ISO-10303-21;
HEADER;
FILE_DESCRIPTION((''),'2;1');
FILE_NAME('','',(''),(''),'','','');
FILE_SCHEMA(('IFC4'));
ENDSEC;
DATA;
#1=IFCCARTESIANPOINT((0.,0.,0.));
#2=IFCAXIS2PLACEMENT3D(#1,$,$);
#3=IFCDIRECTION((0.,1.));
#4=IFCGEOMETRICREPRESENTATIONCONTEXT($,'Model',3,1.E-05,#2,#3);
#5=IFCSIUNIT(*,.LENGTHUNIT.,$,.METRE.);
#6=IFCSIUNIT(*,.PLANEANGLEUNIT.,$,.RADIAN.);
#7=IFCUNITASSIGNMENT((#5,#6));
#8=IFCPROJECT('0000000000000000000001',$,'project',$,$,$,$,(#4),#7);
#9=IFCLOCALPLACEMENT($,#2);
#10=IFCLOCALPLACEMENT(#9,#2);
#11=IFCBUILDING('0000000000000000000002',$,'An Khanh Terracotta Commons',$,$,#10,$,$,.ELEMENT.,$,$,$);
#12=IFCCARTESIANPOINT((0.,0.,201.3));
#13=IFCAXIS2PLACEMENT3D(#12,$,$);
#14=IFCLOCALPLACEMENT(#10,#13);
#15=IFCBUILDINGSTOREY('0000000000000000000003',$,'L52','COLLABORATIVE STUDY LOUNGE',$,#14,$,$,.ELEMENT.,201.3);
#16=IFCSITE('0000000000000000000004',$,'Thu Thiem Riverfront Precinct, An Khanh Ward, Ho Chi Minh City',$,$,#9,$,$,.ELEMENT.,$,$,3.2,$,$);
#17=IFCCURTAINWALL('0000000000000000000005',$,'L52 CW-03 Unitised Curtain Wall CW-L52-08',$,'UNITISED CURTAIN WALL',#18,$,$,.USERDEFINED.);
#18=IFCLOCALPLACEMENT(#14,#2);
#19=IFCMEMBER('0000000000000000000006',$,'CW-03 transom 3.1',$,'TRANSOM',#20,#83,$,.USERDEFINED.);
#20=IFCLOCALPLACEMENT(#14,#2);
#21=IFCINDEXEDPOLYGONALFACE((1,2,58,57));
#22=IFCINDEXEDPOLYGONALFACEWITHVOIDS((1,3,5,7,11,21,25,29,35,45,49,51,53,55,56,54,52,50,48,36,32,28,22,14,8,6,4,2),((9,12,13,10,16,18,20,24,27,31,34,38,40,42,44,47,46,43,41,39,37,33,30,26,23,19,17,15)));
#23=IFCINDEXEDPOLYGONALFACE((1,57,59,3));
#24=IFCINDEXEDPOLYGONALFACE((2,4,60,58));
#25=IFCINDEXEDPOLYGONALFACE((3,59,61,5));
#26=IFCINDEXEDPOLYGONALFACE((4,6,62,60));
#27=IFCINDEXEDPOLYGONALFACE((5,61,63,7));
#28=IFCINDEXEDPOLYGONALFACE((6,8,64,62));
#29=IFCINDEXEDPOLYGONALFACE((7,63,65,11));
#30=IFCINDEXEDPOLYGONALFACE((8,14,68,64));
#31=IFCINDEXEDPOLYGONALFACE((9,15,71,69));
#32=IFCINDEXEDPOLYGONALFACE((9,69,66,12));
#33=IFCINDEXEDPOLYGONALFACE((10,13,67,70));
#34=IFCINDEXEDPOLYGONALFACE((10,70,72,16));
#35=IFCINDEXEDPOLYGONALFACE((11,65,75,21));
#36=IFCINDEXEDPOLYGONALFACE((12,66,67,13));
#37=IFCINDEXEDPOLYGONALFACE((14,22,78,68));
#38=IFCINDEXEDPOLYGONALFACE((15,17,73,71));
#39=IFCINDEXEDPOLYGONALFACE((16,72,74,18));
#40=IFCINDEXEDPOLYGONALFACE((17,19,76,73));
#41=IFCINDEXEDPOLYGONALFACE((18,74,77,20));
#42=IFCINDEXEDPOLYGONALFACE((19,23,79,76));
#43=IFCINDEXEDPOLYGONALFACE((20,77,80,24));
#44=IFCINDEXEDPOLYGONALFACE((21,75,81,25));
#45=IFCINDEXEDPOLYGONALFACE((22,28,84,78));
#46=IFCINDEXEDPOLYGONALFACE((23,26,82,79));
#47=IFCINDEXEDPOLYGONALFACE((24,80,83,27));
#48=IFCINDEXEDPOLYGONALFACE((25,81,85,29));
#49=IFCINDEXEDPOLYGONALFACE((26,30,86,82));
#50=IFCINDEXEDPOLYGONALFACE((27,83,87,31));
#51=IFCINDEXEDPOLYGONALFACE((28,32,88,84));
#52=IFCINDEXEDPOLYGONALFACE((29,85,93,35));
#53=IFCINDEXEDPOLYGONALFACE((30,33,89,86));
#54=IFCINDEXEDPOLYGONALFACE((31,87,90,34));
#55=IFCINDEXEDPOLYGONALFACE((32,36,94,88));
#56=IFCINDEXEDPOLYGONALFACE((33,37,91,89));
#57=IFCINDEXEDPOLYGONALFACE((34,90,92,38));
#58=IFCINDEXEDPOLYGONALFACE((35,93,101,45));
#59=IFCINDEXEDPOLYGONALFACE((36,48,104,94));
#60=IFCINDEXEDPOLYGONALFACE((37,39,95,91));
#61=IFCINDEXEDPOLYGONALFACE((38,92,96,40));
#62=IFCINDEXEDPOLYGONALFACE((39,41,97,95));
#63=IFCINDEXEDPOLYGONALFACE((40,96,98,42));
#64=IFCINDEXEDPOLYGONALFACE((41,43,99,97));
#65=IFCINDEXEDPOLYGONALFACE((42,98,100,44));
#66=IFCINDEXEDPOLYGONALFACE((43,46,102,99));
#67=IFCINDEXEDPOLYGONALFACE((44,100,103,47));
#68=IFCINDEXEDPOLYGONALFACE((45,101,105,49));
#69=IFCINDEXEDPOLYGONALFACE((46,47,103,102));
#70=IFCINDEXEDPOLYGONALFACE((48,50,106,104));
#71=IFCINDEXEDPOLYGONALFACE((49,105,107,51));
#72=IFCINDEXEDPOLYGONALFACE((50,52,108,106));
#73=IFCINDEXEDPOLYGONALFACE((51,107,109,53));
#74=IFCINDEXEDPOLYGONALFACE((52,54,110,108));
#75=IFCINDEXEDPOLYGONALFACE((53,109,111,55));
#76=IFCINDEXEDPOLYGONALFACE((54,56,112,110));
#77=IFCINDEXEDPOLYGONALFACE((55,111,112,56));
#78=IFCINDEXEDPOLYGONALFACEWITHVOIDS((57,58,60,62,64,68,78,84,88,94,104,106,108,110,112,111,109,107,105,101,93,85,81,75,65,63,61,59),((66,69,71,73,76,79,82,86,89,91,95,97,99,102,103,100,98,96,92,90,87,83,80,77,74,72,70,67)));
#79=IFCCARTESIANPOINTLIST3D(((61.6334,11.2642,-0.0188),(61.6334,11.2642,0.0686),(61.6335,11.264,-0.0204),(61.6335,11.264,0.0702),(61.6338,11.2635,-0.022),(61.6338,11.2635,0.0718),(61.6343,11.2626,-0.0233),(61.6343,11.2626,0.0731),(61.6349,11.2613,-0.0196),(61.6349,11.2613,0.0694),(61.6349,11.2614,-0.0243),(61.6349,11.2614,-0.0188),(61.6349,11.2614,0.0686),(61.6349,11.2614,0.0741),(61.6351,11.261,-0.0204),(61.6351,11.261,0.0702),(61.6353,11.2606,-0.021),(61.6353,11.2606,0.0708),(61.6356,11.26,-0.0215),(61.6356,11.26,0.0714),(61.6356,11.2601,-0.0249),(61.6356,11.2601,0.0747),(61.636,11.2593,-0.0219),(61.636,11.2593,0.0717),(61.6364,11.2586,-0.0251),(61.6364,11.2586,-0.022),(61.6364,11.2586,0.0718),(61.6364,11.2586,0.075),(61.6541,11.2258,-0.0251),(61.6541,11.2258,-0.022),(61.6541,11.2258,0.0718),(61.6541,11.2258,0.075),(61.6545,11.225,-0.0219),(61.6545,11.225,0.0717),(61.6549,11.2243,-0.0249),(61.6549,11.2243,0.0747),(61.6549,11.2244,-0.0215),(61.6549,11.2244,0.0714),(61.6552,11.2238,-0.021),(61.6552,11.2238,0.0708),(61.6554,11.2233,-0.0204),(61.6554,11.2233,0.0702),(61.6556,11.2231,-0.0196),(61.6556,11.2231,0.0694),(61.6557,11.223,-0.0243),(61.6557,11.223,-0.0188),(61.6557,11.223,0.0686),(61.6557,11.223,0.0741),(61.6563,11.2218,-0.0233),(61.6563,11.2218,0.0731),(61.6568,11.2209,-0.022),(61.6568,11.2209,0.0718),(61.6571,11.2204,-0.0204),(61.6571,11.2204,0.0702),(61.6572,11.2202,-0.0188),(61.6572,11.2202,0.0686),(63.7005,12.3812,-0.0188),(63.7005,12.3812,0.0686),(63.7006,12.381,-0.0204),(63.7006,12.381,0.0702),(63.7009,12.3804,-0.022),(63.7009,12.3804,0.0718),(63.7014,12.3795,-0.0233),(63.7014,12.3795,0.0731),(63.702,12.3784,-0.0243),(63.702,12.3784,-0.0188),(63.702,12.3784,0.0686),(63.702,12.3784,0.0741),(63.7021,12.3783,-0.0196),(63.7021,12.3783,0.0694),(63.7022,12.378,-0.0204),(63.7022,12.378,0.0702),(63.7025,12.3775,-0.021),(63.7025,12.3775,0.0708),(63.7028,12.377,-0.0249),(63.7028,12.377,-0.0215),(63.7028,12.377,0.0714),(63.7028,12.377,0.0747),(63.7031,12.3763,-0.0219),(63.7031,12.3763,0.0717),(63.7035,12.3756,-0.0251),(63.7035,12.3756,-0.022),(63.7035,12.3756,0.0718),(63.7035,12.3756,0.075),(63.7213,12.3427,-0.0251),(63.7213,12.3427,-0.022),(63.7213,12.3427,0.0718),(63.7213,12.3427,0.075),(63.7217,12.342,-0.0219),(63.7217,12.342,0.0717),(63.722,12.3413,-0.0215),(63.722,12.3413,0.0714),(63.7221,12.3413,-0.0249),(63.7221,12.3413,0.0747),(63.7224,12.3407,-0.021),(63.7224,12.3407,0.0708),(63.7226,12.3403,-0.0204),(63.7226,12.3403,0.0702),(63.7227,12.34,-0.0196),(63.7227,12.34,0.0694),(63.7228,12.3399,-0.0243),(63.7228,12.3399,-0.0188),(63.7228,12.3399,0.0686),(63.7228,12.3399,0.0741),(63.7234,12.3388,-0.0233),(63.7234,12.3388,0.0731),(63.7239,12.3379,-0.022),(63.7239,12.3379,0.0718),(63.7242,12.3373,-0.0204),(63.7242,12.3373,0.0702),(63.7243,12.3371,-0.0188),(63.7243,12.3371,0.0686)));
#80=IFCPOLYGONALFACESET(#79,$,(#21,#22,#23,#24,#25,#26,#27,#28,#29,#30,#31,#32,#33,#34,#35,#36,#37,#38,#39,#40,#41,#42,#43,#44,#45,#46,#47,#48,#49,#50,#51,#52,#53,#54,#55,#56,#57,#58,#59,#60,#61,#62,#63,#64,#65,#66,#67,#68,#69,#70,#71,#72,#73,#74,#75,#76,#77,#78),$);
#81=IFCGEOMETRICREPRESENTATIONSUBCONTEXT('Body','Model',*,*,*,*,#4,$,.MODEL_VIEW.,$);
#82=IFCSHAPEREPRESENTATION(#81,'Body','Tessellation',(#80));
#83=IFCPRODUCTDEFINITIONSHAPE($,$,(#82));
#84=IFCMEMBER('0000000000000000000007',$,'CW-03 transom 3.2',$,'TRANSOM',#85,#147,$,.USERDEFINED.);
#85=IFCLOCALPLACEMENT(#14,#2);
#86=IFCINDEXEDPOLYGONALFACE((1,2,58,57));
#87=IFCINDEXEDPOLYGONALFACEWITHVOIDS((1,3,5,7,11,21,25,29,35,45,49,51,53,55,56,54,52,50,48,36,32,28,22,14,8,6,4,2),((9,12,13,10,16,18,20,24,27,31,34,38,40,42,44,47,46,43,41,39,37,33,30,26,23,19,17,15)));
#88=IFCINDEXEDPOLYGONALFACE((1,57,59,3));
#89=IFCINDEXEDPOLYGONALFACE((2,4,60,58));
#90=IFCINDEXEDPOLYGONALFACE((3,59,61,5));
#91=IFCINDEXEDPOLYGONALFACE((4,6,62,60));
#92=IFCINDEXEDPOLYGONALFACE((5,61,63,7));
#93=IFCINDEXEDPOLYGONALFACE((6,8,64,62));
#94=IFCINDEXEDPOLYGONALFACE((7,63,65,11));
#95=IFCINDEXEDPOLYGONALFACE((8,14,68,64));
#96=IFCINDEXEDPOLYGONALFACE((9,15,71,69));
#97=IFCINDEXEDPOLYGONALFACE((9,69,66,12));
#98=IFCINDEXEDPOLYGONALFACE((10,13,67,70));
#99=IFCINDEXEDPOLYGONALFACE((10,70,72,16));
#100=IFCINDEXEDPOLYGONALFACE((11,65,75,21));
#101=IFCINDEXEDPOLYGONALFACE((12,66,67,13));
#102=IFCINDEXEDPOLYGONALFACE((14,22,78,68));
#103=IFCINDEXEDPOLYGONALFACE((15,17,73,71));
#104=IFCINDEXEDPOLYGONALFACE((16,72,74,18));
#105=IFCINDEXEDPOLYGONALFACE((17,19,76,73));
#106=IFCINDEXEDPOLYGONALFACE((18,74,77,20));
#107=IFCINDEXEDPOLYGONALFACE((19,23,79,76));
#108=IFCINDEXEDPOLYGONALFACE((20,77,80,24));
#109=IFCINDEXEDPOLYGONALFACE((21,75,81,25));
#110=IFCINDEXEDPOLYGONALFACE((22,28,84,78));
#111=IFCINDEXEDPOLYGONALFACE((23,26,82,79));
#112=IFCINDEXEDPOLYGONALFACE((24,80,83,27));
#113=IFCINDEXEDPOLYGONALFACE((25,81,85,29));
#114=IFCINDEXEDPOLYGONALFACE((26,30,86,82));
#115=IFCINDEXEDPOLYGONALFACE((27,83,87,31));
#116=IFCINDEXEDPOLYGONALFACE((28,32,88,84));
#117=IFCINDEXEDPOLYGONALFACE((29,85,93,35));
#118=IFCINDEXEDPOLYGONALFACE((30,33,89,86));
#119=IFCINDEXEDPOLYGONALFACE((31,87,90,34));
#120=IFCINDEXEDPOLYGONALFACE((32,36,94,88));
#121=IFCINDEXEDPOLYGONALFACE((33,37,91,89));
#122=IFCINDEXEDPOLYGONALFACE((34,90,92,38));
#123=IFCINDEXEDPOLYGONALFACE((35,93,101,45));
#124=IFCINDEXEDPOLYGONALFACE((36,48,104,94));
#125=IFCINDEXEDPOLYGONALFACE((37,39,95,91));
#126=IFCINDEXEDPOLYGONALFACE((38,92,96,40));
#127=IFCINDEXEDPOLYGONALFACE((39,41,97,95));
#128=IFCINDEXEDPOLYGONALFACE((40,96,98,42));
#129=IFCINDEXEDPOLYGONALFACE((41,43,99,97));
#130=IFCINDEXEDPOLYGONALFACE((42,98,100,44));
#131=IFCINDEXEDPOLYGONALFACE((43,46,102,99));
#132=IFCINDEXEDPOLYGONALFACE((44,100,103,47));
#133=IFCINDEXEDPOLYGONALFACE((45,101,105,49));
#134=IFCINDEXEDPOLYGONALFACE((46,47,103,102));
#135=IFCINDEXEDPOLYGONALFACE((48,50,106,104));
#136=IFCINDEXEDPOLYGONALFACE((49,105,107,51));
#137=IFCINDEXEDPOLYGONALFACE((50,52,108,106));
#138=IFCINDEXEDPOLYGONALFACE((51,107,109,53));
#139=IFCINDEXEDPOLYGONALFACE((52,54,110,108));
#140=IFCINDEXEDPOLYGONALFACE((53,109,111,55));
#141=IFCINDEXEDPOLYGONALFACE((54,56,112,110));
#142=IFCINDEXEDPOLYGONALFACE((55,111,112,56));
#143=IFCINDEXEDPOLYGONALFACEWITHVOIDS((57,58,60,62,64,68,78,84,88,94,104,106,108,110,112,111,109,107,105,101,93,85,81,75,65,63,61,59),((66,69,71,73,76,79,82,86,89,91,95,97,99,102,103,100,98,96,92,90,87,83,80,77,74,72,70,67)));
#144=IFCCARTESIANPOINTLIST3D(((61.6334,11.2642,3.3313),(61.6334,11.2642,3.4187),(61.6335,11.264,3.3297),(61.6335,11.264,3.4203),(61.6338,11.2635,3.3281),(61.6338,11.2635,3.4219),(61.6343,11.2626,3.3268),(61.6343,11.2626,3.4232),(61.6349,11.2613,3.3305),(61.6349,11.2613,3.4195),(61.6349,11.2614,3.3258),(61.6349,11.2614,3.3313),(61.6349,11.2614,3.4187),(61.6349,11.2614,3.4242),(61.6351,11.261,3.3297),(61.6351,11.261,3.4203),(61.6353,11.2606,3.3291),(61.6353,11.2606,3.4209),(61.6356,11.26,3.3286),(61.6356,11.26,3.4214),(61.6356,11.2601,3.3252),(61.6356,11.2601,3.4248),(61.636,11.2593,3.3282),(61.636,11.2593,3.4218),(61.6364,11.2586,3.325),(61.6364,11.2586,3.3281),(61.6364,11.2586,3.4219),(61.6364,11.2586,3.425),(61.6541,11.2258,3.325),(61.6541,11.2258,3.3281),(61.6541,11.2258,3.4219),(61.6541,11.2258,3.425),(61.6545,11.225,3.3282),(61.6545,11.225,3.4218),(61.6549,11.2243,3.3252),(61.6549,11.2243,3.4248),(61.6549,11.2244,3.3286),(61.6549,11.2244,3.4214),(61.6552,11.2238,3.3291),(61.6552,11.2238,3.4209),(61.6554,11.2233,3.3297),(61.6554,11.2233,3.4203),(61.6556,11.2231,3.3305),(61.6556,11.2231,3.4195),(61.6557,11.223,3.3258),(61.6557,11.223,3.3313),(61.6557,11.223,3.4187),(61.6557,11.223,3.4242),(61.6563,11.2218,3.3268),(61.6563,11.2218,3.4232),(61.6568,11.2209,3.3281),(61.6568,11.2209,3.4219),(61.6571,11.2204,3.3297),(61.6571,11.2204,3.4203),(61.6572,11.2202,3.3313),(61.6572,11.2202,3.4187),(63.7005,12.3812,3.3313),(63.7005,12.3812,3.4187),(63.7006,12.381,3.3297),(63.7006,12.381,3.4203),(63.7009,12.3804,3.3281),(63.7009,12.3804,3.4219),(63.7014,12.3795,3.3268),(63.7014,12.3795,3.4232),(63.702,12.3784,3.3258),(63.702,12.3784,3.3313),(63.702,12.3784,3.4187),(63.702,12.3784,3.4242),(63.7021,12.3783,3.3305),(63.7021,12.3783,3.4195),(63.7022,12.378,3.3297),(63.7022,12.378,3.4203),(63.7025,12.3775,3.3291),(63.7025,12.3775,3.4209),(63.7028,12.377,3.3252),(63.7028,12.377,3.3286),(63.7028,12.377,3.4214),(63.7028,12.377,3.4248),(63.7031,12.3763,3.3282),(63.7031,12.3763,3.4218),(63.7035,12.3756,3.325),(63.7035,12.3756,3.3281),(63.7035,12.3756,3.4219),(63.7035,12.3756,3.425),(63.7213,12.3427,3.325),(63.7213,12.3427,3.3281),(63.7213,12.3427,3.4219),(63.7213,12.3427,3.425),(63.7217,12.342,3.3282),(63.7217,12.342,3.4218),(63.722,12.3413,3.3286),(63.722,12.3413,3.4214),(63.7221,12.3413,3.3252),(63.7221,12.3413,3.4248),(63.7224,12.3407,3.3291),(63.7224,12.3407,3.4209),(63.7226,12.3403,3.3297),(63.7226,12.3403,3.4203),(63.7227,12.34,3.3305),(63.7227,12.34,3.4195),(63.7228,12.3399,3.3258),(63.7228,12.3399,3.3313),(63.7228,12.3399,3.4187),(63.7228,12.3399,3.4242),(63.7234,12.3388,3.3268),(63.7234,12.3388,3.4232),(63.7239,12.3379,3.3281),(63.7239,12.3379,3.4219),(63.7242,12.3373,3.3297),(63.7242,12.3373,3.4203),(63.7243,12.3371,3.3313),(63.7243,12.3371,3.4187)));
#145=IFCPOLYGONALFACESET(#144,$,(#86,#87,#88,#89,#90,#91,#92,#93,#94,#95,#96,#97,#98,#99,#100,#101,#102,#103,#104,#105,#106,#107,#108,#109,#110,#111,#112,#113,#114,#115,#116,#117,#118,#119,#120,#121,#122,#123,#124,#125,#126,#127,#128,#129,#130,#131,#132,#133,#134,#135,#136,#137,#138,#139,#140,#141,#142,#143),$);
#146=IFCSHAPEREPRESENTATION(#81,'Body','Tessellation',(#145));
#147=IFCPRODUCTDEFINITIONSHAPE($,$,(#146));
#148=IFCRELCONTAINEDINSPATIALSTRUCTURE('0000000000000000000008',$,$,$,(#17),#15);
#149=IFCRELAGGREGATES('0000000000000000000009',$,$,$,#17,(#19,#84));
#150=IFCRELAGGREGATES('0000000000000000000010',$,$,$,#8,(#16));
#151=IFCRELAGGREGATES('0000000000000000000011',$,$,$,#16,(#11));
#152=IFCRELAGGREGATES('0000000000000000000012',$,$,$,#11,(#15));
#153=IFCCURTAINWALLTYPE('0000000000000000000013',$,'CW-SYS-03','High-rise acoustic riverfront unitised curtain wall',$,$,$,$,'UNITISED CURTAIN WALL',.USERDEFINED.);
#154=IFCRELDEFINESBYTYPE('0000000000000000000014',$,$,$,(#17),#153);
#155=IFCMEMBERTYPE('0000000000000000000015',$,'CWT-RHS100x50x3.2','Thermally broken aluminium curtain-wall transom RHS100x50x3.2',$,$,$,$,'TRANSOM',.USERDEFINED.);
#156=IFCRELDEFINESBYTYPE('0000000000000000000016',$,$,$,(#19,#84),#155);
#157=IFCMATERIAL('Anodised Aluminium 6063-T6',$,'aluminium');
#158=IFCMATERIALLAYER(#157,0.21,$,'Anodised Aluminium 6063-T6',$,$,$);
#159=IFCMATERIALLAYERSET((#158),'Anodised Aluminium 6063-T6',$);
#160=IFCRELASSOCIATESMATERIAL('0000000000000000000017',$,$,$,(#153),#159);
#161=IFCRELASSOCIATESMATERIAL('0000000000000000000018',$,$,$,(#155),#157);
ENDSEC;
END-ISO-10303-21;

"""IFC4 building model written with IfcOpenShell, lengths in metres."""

from ifc_helpers import new_model, si_unit, direction, frame, origin, origin_2d, place, context, subcontext, project, spatial, hollow_rectangle, extrude, material, layer, layer_set, material_profile, profile_set, type_object, element, aggregate, save


model = new_model("IFC4")

# Units and contexts
model_context = context("Model", 3, precision=1e-05, world=origin(), true_north=direction((0.0, 1.0)))
body_context = subcontext(model_context, "Body", "Model", "MODEL_VIEW")
ifc_project = project(units=[si_unit("LENGTHUNIT", "METRE"), si_unit("PLANEANGLEUNIT", "RADIAN")], contexts=[model_context])

# Site, building, storey
site_placement = place(None, origin())
site = spatial("IfcSite", under=ifc_project, at=site_placement, Name="Thu Thiem Riverfront Precinct, An Khanh Ward, Ho Chi Minh City", CompositionType="ELEMENT", RefElevation=3.2)
building_placement = place(site_placement, origin())
building = spatial("IfcBuilding", under=site, at=building_placement, Name="An Khanh Terracotta Commons", CompositionType="ELEMENT")
storey_placement = place(building_placement, frame((0.0, 0.0, 201.3)))
storey = spatial("IfcBuildingStorey", under=building, at=storey_placement, Name="L52", Description="COLLABORATIVE STUDY LOUNGE", CompositionType="ELEMENT", Elevation=201.3)

# Curtain wall
ifc_material_1 = material(Name="Anodised Aluminium 6063-T6", Category="aluminium")
ifc_layer_1 = layer(ifc_material_1, 0.21, Name="Anodised Aluminium 6063-T6")
ifc_layer_set_1 = layer_set([ifc_layer_1], Name="Anodised Aluminium 6063-T6")
curtain_wall_type = type_object("IfcCurtainWallType", Name="CW-SYS-03", Description="High-rise acoustic riverfront unitised curtain wall", ElementType="UNITISED CURTAIN WALL", PredefinedType="USERDEFINED", material=ifc_layer_set_1)
curtain_wall_1_placement = place(storey_placement, origin())
curtain_wall_1 = element("IfcCurtainWall", 1, at=curtain_wall_1_placement, inside=storey, type_object=curtain_wall_type, Name="L52 CW-03 Unitised Curtain Wall CW-L52-08", ObjectType="UNITISED CURTAIN WALL", PredefinedType="USERDEFINED")

# Members
ifc_material_profile_1 = material_profile(ifc_material_1, hollow_rectangle(XDim=0.05, YDim=0.1001, WallThickness=0.0032, InnerFilletRadius=0.0032, OuterFilletRadius=0.0063, at=origin_2d()), Name="RHS100x50x3.2")
ifc_profile_set_1 = profile_set([ifc_material_profile_1], Name="Anodised Aluminium 6063-T6")
member_type_1 = type_object("IfcMemberType", Name="CWT-RHS100x50x3.2", Description="Thermally broken aluminium curtain-wall transom RHS100x50x3.2", ElementType="TRANSOM", PredefinedType="USERDEFINED", material=ifc_profile_set_1)
member_1_placement = place(storey_placement, frame((61.6453, 11.2422, 0.0249), z_axis=(0.879783, 0.475376, 0.0), x_axis=(-0.475376, 0.879783, 0.0)))
member_1 = element("IfcMember", 2, at=member_1_placement, type_object=member_type_1, Name="CW-03 transom 3.1", ObjectType="TRANSOM", PredefinedType="USERDEFINED", context=body_context, shape_type="SweptSolid", body=[
    extrude(hollow_rectangle(XDim=0.05, YDim=0.1001, WallThickness=0.0032, InnerFilletRadius=0.0032, OuterFilletRadius=0.0063, at=origin_2d()), origin(), (0.0, 0.0, 1.0), 2.3496),
])
member_2_placement = place(storey_placement, frame((61.6453, 11.2422, 3.375), z_axis=(0.879783, 0.475376, 0.0), x_axis=(-0.475376, 0.879783, 0.0)))
member_2 = element("IfcMember", 3, at=member_2_placement, type_object=member_type_1, Name="CW-03 transom 3.2", ObjectType="TRANSOM", PredefinedType="USERDEFINED", context=body_context, shape_type="SweptSolid", body=[
    extrude(hollow_rectangle(XDim=0.05, YDim=0.1001, WallThickness=0.0032, InnerFilletRadius=0.0032, OuterFilletRadius=0.0063, at=origin_2d()), origin(), (0.0, 0.0, 1.0), 2.3496),
])

aggregate(curtain_wall_1, [member_1, member_2])

save(model, "model.ifc")
